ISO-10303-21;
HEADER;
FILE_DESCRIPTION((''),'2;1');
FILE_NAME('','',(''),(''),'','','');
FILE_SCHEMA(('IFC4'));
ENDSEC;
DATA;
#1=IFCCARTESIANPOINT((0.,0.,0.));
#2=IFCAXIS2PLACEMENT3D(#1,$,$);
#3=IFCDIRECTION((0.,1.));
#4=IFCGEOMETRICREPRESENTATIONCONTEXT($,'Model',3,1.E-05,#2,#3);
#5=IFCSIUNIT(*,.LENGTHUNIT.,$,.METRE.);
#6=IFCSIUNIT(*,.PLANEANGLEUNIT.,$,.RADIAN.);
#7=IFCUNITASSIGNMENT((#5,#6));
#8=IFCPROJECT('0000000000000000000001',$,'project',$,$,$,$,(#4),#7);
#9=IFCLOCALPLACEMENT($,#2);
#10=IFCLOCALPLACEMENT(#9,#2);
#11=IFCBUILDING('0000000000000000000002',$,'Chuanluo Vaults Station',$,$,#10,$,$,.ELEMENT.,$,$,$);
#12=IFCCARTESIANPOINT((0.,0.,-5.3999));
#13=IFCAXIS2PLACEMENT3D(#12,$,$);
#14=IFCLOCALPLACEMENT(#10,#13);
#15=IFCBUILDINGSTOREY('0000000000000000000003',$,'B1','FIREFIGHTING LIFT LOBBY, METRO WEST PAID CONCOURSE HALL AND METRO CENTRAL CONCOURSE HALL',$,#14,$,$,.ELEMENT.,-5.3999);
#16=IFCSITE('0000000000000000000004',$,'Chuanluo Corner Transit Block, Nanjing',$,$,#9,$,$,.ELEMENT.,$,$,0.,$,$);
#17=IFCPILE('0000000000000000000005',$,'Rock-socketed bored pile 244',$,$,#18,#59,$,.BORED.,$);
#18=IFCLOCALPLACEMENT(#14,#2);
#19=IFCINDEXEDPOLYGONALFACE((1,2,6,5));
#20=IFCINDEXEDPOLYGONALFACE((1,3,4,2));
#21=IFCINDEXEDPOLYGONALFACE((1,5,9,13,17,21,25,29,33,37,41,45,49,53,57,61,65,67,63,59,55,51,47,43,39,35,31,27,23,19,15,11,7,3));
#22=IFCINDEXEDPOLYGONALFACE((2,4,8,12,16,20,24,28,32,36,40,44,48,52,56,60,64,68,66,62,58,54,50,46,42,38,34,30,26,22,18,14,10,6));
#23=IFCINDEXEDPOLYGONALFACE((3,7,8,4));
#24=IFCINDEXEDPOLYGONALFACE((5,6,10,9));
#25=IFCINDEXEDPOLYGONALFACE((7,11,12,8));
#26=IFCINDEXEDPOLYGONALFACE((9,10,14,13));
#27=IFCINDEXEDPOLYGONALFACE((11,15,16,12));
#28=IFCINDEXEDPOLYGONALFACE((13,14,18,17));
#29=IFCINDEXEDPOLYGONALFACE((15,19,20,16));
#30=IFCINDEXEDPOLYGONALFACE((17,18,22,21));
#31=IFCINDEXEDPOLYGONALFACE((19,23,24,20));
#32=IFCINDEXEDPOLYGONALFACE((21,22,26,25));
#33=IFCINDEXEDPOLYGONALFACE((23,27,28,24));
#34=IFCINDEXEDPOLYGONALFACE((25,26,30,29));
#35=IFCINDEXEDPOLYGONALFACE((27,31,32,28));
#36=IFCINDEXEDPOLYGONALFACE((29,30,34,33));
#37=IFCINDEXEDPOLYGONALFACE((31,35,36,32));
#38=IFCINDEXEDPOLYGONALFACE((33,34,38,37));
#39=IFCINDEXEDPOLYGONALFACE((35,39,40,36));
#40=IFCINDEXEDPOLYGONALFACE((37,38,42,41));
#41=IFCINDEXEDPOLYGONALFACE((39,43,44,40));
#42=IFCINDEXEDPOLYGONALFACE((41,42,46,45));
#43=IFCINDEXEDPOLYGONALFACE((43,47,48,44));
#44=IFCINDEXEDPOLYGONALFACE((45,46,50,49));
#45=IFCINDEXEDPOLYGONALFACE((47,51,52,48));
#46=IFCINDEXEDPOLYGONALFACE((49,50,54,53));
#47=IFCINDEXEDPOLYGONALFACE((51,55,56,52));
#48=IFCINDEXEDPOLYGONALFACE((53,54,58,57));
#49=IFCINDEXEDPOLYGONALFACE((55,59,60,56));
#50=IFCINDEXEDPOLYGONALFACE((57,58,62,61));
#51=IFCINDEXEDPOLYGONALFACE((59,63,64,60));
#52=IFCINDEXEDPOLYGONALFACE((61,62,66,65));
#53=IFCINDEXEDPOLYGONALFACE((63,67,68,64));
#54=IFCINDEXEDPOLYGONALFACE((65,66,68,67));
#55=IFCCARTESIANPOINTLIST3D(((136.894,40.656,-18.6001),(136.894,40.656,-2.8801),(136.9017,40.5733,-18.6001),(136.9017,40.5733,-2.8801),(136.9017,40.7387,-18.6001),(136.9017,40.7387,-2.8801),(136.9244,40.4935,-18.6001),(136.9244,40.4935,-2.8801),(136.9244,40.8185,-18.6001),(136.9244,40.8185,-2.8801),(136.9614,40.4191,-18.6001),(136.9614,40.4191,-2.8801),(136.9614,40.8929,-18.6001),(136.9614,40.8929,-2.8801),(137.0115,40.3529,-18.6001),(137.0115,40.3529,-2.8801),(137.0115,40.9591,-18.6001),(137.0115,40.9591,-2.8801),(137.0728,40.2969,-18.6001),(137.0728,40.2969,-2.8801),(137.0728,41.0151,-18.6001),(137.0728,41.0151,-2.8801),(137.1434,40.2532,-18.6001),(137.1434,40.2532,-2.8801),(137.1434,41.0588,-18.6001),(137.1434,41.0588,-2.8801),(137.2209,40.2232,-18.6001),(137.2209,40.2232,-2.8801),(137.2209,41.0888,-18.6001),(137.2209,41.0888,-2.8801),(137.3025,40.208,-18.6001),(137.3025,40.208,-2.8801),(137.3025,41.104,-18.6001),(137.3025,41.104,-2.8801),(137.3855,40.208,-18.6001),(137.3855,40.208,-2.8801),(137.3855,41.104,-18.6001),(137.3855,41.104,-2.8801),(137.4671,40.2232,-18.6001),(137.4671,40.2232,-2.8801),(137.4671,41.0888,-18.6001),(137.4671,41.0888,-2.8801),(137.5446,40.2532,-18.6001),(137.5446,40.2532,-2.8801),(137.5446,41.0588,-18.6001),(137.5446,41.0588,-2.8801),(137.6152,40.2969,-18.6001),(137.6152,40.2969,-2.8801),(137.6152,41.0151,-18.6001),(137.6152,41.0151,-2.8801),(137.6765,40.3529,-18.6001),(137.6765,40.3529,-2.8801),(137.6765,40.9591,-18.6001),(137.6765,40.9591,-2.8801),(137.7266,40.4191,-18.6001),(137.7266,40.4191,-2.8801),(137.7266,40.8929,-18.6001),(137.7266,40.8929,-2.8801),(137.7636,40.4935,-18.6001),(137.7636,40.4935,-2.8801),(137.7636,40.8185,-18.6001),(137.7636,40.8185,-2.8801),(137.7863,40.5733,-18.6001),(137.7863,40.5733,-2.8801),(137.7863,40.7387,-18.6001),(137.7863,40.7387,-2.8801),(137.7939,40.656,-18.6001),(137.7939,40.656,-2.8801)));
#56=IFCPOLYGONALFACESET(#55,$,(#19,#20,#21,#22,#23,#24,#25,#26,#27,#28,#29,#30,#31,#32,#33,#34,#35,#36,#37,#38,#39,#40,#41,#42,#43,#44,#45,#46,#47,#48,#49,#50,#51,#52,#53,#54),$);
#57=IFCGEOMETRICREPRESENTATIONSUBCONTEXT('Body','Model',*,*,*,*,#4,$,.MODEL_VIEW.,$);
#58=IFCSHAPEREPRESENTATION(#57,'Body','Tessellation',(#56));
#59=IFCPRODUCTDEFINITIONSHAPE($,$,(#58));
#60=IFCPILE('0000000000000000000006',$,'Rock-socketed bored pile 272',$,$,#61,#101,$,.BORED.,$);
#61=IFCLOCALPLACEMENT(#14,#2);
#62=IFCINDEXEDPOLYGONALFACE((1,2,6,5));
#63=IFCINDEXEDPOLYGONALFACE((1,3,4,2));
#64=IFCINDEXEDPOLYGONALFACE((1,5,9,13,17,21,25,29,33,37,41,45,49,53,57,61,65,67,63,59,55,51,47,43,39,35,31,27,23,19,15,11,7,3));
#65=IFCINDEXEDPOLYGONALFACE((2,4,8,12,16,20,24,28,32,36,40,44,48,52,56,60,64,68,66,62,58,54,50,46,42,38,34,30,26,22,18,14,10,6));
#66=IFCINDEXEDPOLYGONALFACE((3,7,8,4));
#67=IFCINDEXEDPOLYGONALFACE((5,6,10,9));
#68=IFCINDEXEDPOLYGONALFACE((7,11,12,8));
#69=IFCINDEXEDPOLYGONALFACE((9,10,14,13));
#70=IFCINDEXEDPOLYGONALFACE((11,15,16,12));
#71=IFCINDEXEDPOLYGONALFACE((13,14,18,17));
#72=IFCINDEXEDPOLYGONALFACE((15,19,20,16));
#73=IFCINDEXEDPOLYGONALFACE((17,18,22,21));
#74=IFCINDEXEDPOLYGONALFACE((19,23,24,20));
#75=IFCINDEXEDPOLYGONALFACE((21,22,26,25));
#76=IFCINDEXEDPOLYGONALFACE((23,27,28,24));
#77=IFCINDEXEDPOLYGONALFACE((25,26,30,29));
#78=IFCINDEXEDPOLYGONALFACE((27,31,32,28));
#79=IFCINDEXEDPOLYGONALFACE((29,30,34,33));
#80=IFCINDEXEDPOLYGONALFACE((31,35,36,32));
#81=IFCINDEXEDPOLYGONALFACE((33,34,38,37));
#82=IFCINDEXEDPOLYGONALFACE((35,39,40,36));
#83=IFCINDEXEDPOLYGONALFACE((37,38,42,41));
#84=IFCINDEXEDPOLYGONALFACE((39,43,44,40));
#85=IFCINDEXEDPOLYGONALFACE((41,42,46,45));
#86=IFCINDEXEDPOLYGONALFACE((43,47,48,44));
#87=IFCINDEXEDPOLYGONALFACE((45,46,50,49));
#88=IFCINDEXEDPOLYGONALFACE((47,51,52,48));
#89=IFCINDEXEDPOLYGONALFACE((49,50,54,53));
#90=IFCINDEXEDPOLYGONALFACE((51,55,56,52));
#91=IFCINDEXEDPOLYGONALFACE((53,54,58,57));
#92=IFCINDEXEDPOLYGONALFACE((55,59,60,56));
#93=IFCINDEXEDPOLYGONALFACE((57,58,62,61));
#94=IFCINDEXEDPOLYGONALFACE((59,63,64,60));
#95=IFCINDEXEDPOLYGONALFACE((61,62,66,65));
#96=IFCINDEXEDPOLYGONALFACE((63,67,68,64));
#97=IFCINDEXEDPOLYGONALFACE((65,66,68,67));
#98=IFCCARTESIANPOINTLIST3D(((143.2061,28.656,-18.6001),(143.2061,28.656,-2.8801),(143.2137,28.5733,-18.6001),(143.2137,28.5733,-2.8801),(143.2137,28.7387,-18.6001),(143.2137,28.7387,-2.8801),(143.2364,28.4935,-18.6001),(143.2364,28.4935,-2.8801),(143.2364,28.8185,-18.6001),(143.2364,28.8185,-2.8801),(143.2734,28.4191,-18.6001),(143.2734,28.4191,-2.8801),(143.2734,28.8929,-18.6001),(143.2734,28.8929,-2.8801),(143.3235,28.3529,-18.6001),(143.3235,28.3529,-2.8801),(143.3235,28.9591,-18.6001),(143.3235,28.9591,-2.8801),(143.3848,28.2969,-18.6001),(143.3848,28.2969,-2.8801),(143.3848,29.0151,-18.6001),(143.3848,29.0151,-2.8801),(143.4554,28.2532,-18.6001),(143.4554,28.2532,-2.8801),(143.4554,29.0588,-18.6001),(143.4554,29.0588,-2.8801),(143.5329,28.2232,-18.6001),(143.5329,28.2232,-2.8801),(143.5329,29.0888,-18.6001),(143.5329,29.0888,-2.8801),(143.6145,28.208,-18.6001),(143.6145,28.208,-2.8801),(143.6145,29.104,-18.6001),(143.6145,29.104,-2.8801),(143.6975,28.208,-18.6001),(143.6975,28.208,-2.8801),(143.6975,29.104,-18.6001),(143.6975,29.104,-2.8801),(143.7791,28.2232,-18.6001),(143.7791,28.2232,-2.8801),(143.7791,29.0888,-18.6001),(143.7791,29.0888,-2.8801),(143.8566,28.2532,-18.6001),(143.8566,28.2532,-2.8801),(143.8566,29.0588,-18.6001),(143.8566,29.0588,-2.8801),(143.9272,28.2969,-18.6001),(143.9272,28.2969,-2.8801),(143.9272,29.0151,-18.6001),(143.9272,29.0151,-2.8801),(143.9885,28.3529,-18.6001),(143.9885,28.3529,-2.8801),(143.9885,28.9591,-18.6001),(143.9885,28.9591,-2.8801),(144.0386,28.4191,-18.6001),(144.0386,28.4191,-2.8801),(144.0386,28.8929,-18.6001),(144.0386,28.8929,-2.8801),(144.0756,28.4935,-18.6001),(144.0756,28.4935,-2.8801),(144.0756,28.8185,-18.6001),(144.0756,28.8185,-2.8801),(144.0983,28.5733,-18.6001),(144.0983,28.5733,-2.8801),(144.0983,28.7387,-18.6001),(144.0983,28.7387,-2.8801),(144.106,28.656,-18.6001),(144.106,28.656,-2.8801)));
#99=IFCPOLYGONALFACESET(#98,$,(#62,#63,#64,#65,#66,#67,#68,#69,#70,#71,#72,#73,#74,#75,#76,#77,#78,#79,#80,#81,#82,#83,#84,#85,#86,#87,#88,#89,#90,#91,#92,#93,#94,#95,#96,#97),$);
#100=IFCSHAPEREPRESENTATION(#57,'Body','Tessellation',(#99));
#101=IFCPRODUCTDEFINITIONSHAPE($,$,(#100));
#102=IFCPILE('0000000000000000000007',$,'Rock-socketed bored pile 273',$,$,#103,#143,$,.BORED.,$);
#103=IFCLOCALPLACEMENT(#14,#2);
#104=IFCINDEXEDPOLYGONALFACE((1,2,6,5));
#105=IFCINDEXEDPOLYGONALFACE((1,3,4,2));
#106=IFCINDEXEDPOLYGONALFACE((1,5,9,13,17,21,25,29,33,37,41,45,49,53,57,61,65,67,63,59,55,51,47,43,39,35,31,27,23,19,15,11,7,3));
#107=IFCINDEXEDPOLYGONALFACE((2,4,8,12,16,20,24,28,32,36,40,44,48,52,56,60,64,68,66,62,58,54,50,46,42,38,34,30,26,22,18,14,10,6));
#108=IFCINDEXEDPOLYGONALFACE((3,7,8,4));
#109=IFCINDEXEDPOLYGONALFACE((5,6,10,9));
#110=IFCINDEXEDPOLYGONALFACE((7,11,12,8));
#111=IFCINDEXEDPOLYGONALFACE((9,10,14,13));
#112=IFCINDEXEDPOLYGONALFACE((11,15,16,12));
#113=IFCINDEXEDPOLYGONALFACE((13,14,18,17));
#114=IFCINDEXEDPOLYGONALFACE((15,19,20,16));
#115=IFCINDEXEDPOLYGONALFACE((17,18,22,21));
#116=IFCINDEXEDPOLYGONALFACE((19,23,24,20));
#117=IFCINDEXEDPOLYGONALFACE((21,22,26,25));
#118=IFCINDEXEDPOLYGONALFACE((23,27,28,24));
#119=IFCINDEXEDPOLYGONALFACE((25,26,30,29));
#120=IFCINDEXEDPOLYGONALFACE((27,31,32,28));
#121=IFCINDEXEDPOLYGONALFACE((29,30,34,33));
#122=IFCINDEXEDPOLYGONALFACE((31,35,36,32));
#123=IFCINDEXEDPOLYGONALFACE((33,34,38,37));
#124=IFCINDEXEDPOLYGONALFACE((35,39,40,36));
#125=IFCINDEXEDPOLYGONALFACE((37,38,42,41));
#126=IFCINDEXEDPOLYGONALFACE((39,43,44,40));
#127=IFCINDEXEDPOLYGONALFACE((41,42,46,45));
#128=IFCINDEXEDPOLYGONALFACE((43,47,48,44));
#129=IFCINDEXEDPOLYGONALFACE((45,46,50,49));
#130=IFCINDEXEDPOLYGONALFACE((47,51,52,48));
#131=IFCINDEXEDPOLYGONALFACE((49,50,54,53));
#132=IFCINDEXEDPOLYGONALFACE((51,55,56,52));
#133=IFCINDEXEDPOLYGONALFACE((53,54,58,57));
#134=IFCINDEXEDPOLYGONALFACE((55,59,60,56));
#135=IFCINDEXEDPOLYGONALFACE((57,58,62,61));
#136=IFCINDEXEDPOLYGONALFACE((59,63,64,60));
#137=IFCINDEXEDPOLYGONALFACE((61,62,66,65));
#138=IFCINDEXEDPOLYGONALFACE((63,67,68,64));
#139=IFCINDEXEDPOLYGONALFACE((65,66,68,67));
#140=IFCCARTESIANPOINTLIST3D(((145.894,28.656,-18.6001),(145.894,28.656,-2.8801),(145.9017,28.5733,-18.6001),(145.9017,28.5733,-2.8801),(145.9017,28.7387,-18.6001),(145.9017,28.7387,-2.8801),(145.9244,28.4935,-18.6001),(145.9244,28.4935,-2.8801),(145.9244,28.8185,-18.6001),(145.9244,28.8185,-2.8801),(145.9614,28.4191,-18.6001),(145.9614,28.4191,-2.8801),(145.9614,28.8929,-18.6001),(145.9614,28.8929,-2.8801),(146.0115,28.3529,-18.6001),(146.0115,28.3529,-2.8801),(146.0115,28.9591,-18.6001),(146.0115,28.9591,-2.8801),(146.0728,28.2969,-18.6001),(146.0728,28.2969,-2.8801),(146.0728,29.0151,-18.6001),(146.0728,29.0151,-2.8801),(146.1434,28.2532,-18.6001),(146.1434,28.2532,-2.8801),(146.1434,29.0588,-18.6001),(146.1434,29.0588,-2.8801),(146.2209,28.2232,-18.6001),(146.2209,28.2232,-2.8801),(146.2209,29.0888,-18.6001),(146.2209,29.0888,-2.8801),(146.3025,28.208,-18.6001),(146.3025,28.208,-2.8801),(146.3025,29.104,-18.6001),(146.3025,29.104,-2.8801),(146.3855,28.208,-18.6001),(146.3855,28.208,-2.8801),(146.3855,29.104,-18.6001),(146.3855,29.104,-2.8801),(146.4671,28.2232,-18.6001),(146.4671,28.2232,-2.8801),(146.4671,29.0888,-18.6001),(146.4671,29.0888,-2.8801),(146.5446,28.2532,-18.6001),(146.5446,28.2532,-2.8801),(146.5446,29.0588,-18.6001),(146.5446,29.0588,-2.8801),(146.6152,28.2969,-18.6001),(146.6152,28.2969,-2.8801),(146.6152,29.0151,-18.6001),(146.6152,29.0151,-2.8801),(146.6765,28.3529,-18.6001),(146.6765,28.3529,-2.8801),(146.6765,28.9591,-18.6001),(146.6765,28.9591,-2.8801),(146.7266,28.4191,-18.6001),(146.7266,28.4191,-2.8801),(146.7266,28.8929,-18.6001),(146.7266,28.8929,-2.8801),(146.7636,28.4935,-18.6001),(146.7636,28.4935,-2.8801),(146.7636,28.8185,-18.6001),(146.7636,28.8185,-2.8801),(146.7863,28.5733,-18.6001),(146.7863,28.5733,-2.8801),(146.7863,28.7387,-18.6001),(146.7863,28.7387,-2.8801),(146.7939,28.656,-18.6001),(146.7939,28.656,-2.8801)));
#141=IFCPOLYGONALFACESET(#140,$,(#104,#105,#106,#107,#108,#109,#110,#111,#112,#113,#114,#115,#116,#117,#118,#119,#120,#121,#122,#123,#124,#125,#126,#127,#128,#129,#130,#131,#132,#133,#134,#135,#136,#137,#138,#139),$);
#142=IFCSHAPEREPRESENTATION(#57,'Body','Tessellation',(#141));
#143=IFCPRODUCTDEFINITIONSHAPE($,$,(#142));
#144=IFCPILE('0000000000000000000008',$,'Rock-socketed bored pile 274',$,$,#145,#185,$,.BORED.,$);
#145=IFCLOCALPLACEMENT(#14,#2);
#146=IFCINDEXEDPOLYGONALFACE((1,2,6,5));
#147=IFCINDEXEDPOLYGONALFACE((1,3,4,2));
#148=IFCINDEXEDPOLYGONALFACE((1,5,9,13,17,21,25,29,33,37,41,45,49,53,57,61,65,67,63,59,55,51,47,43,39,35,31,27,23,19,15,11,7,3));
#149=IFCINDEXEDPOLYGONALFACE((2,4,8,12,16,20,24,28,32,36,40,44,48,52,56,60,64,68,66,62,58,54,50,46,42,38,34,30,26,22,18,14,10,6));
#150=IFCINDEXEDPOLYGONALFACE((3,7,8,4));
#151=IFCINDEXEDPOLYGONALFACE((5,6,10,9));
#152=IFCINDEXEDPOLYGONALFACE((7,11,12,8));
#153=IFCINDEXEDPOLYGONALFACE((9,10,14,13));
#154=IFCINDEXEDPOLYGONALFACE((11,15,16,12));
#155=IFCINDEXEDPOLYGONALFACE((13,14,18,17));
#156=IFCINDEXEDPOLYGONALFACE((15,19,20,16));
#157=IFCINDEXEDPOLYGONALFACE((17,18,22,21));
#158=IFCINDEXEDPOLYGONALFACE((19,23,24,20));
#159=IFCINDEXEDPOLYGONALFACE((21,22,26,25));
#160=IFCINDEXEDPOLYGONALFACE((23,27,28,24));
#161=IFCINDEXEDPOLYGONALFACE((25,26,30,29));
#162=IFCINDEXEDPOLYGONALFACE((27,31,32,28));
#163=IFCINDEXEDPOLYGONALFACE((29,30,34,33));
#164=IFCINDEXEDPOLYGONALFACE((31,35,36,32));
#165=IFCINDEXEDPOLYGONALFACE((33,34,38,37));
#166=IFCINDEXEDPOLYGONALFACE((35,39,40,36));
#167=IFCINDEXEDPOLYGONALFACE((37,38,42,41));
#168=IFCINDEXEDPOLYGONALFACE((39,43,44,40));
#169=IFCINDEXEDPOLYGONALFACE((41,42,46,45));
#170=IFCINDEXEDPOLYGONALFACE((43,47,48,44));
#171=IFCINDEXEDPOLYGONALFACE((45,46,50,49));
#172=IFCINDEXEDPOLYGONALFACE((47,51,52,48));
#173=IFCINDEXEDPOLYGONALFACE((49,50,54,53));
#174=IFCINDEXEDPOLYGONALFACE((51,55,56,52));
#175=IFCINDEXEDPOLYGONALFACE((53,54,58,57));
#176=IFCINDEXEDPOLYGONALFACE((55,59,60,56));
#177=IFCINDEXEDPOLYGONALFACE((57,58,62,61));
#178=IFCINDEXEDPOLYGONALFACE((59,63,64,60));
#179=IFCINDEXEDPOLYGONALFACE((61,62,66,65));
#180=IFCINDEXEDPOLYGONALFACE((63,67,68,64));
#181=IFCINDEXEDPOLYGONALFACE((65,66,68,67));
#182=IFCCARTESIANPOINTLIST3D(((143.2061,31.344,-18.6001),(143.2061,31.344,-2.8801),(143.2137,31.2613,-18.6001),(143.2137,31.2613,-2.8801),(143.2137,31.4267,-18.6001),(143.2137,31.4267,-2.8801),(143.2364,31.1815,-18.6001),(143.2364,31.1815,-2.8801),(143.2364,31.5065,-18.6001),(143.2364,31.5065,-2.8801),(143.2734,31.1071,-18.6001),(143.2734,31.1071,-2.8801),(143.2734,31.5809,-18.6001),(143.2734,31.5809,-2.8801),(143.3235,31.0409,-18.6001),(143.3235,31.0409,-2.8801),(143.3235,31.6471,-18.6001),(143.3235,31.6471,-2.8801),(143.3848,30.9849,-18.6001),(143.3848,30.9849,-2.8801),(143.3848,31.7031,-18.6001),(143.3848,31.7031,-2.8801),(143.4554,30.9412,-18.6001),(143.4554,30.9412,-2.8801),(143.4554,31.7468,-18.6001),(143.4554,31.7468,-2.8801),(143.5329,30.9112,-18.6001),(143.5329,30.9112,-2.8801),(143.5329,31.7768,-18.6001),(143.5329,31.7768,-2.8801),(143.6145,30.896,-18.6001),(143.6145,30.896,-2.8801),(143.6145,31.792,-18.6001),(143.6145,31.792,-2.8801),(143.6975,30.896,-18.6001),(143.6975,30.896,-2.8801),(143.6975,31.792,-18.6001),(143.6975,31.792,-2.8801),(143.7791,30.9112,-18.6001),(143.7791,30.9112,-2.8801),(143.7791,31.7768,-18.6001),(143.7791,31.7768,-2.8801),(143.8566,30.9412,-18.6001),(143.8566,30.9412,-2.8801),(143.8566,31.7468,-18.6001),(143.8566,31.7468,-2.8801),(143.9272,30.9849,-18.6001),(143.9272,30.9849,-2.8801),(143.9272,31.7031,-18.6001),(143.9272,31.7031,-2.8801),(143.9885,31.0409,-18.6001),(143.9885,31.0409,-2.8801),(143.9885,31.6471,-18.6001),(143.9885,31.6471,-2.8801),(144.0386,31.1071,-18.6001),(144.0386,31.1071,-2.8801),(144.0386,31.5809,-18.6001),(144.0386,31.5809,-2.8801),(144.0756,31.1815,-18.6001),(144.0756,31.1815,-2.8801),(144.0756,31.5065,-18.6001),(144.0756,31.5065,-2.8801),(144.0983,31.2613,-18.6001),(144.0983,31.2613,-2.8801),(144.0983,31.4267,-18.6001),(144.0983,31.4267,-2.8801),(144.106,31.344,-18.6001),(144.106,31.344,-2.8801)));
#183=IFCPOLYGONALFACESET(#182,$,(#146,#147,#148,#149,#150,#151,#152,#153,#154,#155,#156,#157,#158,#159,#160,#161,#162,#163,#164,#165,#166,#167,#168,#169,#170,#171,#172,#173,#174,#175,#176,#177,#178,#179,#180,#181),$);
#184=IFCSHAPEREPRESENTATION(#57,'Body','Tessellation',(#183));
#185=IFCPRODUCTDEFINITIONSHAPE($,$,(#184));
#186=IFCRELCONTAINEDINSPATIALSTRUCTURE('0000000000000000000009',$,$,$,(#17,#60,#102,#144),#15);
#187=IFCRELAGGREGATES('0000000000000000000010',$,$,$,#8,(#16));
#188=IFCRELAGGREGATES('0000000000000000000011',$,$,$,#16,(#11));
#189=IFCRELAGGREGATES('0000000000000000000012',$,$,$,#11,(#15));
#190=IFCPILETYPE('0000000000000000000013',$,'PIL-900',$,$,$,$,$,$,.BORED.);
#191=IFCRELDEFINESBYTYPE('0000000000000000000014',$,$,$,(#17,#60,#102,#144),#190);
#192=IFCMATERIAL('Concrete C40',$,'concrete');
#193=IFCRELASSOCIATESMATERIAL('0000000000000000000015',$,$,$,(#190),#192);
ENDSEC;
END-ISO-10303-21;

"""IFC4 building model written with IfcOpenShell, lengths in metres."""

from ifc_helpers import new_model, si_unit, direction, frame, origin, origin_2d, place, context, subcontext, project, spatial, circle, extrude, material, material_profile, profile_set, type_object, element, save


model = new_model("IFC4")

# Units and contexts
model_context = context("Model", 3, precision=1e-05, world=origin(), true_north=direction((0.0, 1.0)))
body_context = subcontext(model_context, "Body", "Model", "MODEL_VIEW")
ifc_project = project(units=[si_unit("LENGTHUNIT", "METRE"), si_unit("PLANEANGLEUNIT", "RADIAN")], contexts=[model_context])

# Site, building, storey
site_placement = place(None, origin())
site = spatial("IfcSite", under=ifc_project, at=site_placement, Name="Chuanluo Corner Transit Block, Nanjing", CompositionType="ELEMENT", RefElevation=0.0)
building_placement = place(site_placement, origin())
building = spatial("IfcBuilding", under=site, at=building_placement, Name="Chuanluo Vaults Station", CompositionType="ELEMENT")
storey_placement = place(building_placement, frame((0.0, 0.0, -5.3999)))
storey = spatial("IfcBuildingStorey", under=building, at=storey_placement, Name="B1", Description="FIREFIGHTING LIFT LOBBY, METRO WEST PAID CONCOURSE HALL AND METRO CENTRAL CONCOURSE HALL", CompositionType="ELEMENT", Elevation=-5.3999)

# Piles
ifc_material_1 = material(Name="Concrete C40", Category="concrete")
ifc_material_profile_1 = material_profile(ifc_material_1, circle(Radius=0.45, at=origin_2d()))
ifc_profile_set_1 = profile_set([ifc_material_profile_1], Name="Concrete C40")
pile_type_1 = type_object("IfcPileType", Name="PIL-900", PredefinedType="BORED", material=ifc_profile_set_1)
for number, where, z_axis, x_axis, name in (
    (1, (137.344, 40.656, -2.8801), (0.0, 0.0, -1.0), (1.0, 0.0, 0.0), "Rock-socketed bored pile 244"),
    (2, (143.656, 28.656, -2.8801), (0.0, 0.0, -1.0), (1.0, 0.0, 0.0), "Rock-socketed bored pile 272"),
    (3, (146.344, 28.656, -2.8801), (0.0, 0.0, -1.0), (1.0, 0.0, 0.0), "Rock-socketed bored pile 273"),
    (4, (143.656, 31.344, -2.8801), (0.0, 0.0, -1.0), (1.0, 0.0, 0.0), "Rock-socketed bored pile 274"),
):
    element("IfcPile", number, at=place(storey_placement, frame(where, z_axis=z_axis, x_axis=x_axis)), inside=storey, type_object=pile_type_1, Name=name, PredefinedType="BORED", context=body_context, shape_type="SweptSolid", body=[
        extrude(circle(Radius=0.45, at=origin_2d()), origin(), (0.0, 0.0, 1.0), 15.72),
    ])

save(model, "model.ifc")
